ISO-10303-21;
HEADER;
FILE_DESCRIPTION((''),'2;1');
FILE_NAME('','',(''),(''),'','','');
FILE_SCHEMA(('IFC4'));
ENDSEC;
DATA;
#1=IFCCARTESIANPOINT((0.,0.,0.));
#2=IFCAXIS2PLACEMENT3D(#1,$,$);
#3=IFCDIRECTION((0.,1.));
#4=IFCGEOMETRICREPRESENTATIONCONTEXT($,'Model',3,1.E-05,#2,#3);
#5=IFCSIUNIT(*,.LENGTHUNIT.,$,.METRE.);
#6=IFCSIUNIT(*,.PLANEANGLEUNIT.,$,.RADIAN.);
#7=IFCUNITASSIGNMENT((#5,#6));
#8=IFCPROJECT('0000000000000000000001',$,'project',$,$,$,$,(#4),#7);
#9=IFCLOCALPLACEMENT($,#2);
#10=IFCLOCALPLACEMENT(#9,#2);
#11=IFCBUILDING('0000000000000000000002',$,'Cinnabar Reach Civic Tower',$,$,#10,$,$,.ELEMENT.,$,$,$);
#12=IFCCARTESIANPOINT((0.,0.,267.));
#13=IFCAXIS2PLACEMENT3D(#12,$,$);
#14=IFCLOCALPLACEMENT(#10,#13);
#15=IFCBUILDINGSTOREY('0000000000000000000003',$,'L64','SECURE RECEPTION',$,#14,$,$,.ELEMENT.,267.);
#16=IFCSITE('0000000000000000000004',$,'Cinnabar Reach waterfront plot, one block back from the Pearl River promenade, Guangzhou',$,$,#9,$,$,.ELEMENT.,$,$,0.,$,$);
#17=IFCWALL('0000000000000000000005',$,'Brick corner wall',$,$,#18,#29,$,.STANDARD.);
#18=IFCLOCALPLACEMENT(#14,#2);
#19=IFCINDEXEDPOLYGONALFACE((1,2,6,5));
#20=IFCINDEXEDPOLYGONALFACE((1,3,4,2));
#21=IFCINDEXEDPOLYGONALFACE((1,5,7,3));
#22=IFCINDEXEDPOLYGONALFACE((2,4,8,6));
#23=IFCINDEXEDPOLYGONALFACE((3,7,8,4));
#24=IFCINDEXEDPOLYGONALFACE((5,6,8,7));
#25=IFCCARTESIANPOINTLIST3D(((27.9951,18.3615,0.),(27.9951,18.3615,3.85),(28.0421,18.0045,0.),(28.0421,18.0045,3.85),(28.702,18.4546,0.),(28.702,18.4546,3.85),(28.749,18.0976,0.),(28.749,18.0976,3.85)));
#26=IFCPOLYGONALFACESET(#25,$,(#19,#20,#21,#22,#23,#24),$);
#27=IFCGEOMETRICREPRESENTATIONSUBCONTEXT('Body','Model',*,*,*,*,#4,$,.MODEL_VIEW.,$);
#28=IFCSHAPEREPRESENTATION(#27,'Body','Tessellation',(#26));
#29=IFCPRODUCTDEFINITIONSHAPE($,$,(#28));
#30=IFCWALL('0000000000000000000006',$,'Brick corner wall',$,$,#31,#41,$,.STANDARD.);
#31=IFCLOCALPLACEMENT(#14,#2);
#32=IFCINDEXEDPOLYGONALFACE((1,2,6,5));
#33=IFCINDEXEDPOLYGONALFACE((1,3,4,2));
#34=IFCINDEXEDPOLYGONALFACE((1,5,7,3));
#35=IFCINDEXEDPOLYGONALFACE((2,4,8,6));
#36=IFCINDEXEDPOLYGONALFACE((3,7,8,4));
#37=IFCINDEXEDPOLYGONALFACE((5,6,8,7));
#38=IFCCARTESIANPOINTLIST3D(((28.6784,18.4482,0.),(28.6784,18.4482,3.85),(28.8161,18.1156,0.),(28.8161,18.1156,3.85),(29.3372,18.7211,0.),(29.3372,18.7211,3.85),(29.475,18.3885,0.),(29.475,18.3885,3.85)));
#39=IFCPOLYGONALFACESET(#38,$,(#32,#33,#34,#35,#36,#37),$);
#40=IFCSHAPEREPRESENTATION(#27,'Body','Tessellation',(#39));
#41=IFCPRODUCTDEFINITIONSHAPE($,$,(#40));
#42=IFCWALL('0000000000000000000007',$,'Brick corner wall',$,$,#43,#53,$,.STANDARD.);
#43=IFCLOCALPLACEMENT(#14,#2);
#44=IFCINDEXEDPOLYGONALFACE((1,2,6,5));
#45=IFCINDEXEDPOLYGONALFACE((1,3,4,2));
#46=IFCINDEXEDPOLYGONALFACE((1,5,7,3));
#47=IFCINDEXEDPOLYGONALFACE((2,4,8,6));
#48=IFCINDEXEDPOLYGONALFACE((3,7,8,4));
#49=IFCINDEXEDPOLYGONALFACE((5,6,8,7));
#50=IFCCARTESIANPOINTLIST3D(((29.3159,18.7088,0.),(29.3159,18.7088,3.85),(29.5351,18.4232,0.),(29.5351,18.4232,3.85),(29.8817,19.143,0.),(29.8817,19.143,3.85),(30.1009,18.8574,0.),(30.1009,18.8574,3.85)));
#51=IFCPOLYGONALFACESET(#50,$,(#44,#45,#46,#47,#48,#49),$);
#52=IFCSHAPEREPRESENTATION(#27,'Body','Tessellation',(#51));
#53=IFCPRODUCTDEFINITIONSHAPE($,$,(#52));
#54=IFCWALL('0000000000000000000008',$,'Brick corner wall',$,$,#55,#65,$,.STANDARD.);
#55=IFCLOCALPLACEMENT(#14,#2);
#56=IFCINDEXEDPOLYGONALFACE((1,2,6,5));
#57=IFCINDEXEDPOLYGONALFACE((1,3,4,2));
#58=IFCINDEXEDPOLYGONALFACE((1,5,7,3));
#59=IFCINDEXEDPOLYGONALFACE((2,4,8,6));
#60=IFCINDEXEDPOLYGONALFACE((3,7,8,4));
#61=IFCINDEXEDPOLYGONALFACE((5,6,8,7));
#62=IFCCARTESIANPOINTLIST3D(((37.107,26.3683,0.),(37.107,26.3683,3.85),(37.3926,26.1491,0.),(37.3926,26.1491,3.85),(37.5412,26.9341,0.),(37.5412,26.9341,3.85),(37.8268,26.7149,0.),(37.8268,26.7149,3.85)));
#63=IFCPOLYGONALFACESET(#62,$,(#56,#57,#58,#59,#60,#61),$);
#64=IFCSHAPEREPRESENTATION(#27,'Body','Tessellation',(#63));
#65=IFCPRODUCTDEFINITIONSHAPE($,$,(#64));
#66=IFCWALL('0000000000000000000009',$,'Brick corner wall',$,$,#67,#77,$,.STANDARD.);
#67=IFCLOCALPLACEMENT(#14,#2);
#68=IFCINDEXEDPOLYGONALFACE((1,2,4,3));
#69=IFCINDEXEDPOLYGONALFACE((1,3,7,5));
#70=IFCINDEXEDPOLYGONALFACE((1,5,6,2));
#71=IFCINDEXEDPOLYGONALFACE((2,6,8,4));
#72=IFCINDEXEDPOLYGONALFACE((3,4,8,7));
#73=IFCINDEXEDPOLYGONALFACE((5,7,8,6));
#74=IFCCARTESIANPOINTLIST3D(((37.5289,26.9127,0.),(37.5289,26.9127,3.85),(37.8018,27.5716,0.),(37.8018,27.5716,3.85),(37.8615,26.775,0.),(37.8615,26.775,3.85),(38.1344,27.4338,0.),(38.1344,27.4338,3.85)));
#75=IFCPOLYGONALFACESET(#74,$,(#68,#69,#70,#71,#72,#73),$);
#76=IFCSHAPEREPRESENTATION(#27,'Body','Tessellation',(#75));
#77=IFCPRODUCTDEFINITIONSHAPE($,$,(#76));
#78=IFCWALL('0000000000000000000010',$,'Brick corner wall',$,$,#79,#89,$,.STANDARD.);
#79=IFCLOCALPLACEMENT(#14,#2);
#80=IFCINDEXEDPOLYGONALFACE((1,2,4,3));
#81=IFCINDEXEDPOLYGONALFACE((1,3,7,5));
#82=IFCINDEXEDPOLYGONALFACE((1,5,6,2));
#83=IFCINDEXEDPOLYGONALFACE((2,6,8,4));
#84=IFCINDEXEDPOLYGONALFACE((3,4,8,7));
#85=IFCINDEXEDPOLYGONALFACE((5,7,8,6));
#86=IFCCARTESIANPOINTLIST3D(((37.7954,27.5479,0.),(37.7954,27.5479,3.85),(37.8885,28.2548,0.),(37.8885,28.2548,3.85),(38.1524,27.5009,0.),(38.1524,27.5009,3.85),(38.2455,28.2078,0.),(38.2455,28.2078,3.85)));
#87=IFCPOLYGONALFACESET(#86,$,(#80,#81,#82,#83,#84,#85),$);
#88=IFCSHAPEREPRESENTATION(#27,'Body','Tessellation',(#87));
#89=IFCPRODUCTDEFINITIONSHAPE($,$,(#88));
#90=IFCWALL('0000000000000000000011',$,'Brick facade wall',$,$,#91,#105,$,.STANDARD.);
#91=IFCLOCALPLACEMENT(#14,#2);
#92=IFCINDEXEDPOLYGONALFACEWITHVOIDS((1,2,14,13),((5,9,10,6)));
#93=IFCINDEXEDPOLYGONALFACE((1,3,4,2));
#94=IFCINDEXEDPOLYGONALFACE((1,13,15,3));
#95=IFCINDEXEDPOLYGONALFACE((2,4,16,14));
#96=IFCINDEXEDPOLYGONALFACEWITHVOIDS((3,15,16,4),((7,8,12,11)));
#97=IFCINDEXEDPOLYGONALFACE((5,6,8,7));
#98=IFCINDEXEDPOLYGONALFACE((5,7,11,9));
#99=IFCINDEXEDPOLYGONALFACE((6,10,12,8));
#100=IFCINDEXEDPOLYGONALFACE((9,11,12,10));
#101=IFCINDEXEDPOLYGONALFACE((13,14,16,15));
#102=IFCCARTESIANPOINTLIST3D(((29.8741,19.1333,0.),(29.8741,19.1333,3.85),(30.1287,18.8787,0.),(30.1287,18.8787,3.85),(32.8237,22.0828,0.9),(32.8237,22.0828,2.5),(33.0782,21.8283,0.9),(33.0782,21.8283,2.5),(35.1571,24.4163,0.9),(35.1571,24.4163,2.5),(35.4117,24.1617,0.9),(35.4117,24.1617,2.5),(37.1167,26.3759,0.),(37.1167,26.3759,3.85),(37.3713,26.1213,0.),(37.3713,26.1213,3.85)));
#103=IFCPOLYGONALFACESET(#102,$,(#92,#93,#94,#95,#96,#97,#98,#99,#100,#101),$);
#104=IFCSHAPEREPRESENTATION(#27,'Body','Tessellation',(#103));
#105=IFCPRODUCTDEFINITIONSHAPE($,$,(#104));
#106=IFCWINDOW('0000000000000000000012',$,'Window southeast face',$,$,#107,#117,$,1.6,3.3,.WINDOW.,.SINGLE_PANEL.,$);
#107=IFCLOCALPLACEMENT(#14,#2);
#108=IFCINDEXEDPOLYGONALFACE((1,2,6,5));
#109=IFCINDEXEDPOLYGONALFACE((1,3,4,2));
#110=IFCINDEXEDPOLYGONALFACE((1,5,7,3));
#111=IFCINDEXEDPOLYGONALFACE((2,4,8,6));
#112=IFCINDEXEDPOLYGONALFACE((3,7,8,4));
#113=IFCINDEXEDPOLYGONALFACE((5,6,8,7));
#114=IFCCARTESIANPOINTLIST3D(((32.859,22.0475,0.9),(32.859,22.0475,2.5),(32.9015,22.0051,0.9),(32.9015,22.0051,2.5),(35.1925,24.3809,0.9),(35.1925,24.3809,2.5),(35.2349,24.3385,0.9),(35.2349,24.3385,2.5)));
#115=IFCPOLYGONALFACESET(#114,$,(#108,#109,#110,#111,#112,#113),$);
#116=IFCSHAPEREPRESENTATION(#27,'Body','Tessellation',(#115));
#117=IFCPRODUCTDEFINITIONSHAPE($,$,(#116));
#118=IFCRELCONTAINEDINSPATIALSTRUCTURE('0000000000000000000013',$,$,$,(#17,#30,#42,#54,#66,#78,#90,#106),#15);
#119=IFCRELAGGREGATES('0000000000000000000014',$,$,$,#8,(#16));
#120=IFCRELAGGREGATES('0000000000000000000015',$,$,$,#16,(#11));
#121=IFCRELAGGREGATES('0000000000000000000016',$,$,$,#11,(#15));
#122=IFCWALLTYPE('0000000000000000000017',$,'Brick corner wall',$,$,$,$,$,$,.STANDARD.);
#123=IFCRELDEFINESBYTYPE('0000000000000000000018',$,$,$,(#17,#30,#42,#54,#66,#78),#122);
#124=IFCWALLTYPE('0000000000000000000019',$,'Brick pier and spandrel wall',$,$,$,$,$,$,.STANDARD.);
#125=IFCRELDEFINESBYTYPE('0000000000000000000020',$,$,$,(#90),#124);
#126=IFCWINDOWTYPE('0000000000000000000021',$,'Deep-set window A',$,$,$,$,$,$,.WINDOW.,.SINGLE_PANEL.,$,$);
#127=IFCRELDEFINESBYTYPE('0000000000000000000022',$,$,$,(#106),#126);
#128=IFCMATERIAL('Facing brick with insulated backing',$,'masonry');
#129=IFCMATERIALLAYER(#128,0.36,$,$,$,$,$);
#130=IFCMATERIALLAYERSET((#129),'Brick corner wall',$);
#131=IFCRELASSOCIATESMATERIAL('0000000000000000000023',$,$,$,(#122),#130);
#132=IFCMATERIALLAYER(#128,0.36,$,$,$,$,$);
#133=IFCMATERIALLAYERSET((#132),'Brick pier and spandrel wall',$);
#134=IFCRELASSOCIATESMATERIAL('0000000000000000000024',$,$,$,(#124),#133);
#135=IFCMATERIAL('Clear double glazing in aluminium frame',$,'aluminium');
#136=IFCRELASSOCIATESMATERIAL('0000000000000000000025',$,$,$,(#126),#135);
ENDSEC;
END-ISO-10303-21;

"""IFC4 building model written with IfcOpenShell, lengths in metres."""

from ifc_helpers import new_model, si_unit, direction, frame, frame_2d, origin, place, context, subcontext, project, spatial, rectangle, extrude, material, layer, layer_set, type_object, element, fill, save


model = new_model("IFC4")

# Units and contexts
model_context = context("Model", 3, precision=1e-05, world=origin(), true_north=direction((0.0, 1.0)))
body_context = subcontext(model_context, "Body", "Model", "MODEL_VIEW")
ifc_project = project(units=[si_unit("LENGTHUNIT", "METRE"), si_unit("PLANEANGLEUNIT", "RADIAN")], contexts=[model_context])

# Site, building, storey
site_placement = place(None, origin())
site = spatial("IfcSite", under=ifc_project, at=site_placement, Name="Cinnabar Reach waterfront plot, one block back from the Pearl River promenade, Guangzhou", CompositionType="ELEMENT", RefElevation=0.0)
building_placement = place(site_placement, origin())
building = spatial("IfcBuilding", under=site, at=building_placement, Name="Cinnabar Reach Civic Tower", CompositionType="ELEMENT")
storey_placement = place(building_placement, frame((0.0, 0.0, 267.0)))
storey = spatial("IfcBuildingStorey", under=building, at=storey_placement, Name="L64", Description="SECURE RECEPTION", CompositionType="ELEMENT", Elevation=267.0)

# Walls
ifc_material_1 = material(Name="Facing brick with insulated backing", Category="masonry")
ifc_layer_1 = layer(ifc_material_1, 0.36)
ifc_layer_set_1 = layer_set([ifc_layer_1], Name="Brick corner wall")
wall_type_1 = type_object("IfcWallType", Name="Brick corner wall", PredefinedType="STANDARD", material=ifc_layer_set_1)
for number, where, z_axis, x_axis, name in (
    (1, (28.0186, 18.183, 0.0), (0.0, 0.0, 1.0), (0.991441, 0.130556, 0.0), "Brick corner wall"),
    (2, (28.7473, 18.2819, 0.0), (0.0, 0.0, 1.0), (0.923872, 0.382703, 0.0), "Brick corner wall"),
):
    element("IfcWall", number, at=place(storey_placement, frame(where, z_axis=z_axis, x_axis=x_axis)), inside=storey, type_object=wall_type_1, Name=name, PredefinedType="STANDARD", context=body_context, shape_type="SweptSolid", body=[
        extrude(rectangle(XDim=0.7131, YDim=0.36, at=frame_2d((0.3565, 0.0))), origin(), (0.0, 0.0, 1.0), 3.85),
    ])
for number, where, z_axis, x_axis, name in (
    (3, (29.4255, 18.566, 0.0), (0.0, 0.0, 1.0), (0.793322, 0.608802, 0.0), "Brick corner wall"),
    (4, (37.2498, 26.2587, 0.0), (0.0, 0.0, 1.0), (0.608802, 0.793322, 0.0), "Brick corner wall"),
):
    element("IfcWall", number, at=place(storey_placement, frame(where, z_axis=z_axis, x_axis=x_axis)), inside=storey, type_object=wall_type_1, Name=name, PredefinedType="STANDARD", context=body_context, shape_type="SweptSolid", body=[
        extrude(rectangle(XDim=0.7132, YDim=0.36, at=frame_2d((0.3566, 0.0))), origin(), (0.0, 0.0, 1.0), 3.85),
    ])
for number, where, z_axis, x_axis, name in (
    (5, (37.6952, 26.8439, 0.0), (0.0, 0.0, 1.0), (0.382703, 0.923872, 0.0), "Brick corner wall"),
    (6, (37.9739, 27.5244, 0.0), (0.0, 0.0, 1.0), (0.130556, 0.991441, 0.0), "Brick corner wall"),
):
    element("IfcWall", number, at=place(storey_placement, frame(where, z_axis=z_axis, x_axis=x_axis)), inside=storey, type_object=wall_type_1, Name=name, PredefinedType="STANDARD", context=body_context, shape_type="SweptSolid", body=[
        extrude(rectangle(XDim=0.7131, YDim=0.36, at=frame_2d((0.3565, 0.0))), origin(), (0.0, 0.0, 1.0), 3.85),
    ])

# Wall, opening, window
ifc_layer_2 = layer(ifc_material_1, 0.36)
ifc_layer_set_2 = layer_set([ifc_layer_2], Name="Brick pier and spandrel wall")
wall_type_2 = type_object("IfcWallType", Name="Brick pier and spandrel wall", PredefinedType="STANDARD", material=ifc_layer_set_2)
wall_1_placement = place(storey_placement, frame((30.0014, 19.006, 0.0), z_axis=(0.0, 0.0, 1.0), x_axis=(0.707107, 0.707107, 0.0)))
wall_1 = element("IfcWall", 7, at=wall_1_placement, inside=storey, type_object=wall_type_2, Name="Brick facade wall", PredefinedType="STANDARD", context=body_context, shape_type="SweptSolid", body=[
    extrude(rectangle(XDim=10.2426, YDim=0.36, at=frame_2d((5.1213, 0.0))), origin(), (0.0, 0.0, 1.0), 3.85),
])
opening_1_placement = place(wall_1_placement, frame((4.1713, 0.0, 0.9)))
opening_1 = element("IfcOpeningElement", 8, at=opening_1_placement, cuts=wall_1, PredefinedType="OPENING", context=body_context, shape_type="SweptSolid", body=[
    extrude(rectangle(XDim=3.3, YDim=1.6, at=frame_2d((1.65, 0.8))), frame((0.0, 0.19, 0.0), z_axis=(0.0, -1.0, 0.0), x_axis=(1.0, 0.0, 0.0)), (0.0, 0.0, 1.0), 0.38),
])
ifc_material_2 = material(Name="Clear double glazing in aluminium frame", Category="aluminium")
window_type_1 = type_object("IfcWindowType", Name="Deep-set window A", PartitioningType="SINGLE_PANEL", PredefinedType="WINDOW", material=ifc_material_2)
window_1_placement = place(opening_1_placement, origin())
window_1 = element("IfcWindow", 9, at=window_1_placement, inside=storey, type_object=window_type_1, Name="Window southeast face", OverallHeight=1.6, OverallWidth=3.3, PartitioningType="SINGLE_PANEL", PredefinedType="WINDOW", context=body_context, shape_type="SweptSolid", body=[
    extrude(rectangle(XDim=3.3, YDim=1.6, at=frame_2d((1.65, 0.8))), frame((0.0, 0.13, 0.0), z_axis=(0.0, -1.0, 0.0), x_axis=(1.0, 0.0, 0.0)), (0.0, 0.0, 1.0), 0.06),
])
fill(opening_1, window_1)

save(model, "model.ifc")
